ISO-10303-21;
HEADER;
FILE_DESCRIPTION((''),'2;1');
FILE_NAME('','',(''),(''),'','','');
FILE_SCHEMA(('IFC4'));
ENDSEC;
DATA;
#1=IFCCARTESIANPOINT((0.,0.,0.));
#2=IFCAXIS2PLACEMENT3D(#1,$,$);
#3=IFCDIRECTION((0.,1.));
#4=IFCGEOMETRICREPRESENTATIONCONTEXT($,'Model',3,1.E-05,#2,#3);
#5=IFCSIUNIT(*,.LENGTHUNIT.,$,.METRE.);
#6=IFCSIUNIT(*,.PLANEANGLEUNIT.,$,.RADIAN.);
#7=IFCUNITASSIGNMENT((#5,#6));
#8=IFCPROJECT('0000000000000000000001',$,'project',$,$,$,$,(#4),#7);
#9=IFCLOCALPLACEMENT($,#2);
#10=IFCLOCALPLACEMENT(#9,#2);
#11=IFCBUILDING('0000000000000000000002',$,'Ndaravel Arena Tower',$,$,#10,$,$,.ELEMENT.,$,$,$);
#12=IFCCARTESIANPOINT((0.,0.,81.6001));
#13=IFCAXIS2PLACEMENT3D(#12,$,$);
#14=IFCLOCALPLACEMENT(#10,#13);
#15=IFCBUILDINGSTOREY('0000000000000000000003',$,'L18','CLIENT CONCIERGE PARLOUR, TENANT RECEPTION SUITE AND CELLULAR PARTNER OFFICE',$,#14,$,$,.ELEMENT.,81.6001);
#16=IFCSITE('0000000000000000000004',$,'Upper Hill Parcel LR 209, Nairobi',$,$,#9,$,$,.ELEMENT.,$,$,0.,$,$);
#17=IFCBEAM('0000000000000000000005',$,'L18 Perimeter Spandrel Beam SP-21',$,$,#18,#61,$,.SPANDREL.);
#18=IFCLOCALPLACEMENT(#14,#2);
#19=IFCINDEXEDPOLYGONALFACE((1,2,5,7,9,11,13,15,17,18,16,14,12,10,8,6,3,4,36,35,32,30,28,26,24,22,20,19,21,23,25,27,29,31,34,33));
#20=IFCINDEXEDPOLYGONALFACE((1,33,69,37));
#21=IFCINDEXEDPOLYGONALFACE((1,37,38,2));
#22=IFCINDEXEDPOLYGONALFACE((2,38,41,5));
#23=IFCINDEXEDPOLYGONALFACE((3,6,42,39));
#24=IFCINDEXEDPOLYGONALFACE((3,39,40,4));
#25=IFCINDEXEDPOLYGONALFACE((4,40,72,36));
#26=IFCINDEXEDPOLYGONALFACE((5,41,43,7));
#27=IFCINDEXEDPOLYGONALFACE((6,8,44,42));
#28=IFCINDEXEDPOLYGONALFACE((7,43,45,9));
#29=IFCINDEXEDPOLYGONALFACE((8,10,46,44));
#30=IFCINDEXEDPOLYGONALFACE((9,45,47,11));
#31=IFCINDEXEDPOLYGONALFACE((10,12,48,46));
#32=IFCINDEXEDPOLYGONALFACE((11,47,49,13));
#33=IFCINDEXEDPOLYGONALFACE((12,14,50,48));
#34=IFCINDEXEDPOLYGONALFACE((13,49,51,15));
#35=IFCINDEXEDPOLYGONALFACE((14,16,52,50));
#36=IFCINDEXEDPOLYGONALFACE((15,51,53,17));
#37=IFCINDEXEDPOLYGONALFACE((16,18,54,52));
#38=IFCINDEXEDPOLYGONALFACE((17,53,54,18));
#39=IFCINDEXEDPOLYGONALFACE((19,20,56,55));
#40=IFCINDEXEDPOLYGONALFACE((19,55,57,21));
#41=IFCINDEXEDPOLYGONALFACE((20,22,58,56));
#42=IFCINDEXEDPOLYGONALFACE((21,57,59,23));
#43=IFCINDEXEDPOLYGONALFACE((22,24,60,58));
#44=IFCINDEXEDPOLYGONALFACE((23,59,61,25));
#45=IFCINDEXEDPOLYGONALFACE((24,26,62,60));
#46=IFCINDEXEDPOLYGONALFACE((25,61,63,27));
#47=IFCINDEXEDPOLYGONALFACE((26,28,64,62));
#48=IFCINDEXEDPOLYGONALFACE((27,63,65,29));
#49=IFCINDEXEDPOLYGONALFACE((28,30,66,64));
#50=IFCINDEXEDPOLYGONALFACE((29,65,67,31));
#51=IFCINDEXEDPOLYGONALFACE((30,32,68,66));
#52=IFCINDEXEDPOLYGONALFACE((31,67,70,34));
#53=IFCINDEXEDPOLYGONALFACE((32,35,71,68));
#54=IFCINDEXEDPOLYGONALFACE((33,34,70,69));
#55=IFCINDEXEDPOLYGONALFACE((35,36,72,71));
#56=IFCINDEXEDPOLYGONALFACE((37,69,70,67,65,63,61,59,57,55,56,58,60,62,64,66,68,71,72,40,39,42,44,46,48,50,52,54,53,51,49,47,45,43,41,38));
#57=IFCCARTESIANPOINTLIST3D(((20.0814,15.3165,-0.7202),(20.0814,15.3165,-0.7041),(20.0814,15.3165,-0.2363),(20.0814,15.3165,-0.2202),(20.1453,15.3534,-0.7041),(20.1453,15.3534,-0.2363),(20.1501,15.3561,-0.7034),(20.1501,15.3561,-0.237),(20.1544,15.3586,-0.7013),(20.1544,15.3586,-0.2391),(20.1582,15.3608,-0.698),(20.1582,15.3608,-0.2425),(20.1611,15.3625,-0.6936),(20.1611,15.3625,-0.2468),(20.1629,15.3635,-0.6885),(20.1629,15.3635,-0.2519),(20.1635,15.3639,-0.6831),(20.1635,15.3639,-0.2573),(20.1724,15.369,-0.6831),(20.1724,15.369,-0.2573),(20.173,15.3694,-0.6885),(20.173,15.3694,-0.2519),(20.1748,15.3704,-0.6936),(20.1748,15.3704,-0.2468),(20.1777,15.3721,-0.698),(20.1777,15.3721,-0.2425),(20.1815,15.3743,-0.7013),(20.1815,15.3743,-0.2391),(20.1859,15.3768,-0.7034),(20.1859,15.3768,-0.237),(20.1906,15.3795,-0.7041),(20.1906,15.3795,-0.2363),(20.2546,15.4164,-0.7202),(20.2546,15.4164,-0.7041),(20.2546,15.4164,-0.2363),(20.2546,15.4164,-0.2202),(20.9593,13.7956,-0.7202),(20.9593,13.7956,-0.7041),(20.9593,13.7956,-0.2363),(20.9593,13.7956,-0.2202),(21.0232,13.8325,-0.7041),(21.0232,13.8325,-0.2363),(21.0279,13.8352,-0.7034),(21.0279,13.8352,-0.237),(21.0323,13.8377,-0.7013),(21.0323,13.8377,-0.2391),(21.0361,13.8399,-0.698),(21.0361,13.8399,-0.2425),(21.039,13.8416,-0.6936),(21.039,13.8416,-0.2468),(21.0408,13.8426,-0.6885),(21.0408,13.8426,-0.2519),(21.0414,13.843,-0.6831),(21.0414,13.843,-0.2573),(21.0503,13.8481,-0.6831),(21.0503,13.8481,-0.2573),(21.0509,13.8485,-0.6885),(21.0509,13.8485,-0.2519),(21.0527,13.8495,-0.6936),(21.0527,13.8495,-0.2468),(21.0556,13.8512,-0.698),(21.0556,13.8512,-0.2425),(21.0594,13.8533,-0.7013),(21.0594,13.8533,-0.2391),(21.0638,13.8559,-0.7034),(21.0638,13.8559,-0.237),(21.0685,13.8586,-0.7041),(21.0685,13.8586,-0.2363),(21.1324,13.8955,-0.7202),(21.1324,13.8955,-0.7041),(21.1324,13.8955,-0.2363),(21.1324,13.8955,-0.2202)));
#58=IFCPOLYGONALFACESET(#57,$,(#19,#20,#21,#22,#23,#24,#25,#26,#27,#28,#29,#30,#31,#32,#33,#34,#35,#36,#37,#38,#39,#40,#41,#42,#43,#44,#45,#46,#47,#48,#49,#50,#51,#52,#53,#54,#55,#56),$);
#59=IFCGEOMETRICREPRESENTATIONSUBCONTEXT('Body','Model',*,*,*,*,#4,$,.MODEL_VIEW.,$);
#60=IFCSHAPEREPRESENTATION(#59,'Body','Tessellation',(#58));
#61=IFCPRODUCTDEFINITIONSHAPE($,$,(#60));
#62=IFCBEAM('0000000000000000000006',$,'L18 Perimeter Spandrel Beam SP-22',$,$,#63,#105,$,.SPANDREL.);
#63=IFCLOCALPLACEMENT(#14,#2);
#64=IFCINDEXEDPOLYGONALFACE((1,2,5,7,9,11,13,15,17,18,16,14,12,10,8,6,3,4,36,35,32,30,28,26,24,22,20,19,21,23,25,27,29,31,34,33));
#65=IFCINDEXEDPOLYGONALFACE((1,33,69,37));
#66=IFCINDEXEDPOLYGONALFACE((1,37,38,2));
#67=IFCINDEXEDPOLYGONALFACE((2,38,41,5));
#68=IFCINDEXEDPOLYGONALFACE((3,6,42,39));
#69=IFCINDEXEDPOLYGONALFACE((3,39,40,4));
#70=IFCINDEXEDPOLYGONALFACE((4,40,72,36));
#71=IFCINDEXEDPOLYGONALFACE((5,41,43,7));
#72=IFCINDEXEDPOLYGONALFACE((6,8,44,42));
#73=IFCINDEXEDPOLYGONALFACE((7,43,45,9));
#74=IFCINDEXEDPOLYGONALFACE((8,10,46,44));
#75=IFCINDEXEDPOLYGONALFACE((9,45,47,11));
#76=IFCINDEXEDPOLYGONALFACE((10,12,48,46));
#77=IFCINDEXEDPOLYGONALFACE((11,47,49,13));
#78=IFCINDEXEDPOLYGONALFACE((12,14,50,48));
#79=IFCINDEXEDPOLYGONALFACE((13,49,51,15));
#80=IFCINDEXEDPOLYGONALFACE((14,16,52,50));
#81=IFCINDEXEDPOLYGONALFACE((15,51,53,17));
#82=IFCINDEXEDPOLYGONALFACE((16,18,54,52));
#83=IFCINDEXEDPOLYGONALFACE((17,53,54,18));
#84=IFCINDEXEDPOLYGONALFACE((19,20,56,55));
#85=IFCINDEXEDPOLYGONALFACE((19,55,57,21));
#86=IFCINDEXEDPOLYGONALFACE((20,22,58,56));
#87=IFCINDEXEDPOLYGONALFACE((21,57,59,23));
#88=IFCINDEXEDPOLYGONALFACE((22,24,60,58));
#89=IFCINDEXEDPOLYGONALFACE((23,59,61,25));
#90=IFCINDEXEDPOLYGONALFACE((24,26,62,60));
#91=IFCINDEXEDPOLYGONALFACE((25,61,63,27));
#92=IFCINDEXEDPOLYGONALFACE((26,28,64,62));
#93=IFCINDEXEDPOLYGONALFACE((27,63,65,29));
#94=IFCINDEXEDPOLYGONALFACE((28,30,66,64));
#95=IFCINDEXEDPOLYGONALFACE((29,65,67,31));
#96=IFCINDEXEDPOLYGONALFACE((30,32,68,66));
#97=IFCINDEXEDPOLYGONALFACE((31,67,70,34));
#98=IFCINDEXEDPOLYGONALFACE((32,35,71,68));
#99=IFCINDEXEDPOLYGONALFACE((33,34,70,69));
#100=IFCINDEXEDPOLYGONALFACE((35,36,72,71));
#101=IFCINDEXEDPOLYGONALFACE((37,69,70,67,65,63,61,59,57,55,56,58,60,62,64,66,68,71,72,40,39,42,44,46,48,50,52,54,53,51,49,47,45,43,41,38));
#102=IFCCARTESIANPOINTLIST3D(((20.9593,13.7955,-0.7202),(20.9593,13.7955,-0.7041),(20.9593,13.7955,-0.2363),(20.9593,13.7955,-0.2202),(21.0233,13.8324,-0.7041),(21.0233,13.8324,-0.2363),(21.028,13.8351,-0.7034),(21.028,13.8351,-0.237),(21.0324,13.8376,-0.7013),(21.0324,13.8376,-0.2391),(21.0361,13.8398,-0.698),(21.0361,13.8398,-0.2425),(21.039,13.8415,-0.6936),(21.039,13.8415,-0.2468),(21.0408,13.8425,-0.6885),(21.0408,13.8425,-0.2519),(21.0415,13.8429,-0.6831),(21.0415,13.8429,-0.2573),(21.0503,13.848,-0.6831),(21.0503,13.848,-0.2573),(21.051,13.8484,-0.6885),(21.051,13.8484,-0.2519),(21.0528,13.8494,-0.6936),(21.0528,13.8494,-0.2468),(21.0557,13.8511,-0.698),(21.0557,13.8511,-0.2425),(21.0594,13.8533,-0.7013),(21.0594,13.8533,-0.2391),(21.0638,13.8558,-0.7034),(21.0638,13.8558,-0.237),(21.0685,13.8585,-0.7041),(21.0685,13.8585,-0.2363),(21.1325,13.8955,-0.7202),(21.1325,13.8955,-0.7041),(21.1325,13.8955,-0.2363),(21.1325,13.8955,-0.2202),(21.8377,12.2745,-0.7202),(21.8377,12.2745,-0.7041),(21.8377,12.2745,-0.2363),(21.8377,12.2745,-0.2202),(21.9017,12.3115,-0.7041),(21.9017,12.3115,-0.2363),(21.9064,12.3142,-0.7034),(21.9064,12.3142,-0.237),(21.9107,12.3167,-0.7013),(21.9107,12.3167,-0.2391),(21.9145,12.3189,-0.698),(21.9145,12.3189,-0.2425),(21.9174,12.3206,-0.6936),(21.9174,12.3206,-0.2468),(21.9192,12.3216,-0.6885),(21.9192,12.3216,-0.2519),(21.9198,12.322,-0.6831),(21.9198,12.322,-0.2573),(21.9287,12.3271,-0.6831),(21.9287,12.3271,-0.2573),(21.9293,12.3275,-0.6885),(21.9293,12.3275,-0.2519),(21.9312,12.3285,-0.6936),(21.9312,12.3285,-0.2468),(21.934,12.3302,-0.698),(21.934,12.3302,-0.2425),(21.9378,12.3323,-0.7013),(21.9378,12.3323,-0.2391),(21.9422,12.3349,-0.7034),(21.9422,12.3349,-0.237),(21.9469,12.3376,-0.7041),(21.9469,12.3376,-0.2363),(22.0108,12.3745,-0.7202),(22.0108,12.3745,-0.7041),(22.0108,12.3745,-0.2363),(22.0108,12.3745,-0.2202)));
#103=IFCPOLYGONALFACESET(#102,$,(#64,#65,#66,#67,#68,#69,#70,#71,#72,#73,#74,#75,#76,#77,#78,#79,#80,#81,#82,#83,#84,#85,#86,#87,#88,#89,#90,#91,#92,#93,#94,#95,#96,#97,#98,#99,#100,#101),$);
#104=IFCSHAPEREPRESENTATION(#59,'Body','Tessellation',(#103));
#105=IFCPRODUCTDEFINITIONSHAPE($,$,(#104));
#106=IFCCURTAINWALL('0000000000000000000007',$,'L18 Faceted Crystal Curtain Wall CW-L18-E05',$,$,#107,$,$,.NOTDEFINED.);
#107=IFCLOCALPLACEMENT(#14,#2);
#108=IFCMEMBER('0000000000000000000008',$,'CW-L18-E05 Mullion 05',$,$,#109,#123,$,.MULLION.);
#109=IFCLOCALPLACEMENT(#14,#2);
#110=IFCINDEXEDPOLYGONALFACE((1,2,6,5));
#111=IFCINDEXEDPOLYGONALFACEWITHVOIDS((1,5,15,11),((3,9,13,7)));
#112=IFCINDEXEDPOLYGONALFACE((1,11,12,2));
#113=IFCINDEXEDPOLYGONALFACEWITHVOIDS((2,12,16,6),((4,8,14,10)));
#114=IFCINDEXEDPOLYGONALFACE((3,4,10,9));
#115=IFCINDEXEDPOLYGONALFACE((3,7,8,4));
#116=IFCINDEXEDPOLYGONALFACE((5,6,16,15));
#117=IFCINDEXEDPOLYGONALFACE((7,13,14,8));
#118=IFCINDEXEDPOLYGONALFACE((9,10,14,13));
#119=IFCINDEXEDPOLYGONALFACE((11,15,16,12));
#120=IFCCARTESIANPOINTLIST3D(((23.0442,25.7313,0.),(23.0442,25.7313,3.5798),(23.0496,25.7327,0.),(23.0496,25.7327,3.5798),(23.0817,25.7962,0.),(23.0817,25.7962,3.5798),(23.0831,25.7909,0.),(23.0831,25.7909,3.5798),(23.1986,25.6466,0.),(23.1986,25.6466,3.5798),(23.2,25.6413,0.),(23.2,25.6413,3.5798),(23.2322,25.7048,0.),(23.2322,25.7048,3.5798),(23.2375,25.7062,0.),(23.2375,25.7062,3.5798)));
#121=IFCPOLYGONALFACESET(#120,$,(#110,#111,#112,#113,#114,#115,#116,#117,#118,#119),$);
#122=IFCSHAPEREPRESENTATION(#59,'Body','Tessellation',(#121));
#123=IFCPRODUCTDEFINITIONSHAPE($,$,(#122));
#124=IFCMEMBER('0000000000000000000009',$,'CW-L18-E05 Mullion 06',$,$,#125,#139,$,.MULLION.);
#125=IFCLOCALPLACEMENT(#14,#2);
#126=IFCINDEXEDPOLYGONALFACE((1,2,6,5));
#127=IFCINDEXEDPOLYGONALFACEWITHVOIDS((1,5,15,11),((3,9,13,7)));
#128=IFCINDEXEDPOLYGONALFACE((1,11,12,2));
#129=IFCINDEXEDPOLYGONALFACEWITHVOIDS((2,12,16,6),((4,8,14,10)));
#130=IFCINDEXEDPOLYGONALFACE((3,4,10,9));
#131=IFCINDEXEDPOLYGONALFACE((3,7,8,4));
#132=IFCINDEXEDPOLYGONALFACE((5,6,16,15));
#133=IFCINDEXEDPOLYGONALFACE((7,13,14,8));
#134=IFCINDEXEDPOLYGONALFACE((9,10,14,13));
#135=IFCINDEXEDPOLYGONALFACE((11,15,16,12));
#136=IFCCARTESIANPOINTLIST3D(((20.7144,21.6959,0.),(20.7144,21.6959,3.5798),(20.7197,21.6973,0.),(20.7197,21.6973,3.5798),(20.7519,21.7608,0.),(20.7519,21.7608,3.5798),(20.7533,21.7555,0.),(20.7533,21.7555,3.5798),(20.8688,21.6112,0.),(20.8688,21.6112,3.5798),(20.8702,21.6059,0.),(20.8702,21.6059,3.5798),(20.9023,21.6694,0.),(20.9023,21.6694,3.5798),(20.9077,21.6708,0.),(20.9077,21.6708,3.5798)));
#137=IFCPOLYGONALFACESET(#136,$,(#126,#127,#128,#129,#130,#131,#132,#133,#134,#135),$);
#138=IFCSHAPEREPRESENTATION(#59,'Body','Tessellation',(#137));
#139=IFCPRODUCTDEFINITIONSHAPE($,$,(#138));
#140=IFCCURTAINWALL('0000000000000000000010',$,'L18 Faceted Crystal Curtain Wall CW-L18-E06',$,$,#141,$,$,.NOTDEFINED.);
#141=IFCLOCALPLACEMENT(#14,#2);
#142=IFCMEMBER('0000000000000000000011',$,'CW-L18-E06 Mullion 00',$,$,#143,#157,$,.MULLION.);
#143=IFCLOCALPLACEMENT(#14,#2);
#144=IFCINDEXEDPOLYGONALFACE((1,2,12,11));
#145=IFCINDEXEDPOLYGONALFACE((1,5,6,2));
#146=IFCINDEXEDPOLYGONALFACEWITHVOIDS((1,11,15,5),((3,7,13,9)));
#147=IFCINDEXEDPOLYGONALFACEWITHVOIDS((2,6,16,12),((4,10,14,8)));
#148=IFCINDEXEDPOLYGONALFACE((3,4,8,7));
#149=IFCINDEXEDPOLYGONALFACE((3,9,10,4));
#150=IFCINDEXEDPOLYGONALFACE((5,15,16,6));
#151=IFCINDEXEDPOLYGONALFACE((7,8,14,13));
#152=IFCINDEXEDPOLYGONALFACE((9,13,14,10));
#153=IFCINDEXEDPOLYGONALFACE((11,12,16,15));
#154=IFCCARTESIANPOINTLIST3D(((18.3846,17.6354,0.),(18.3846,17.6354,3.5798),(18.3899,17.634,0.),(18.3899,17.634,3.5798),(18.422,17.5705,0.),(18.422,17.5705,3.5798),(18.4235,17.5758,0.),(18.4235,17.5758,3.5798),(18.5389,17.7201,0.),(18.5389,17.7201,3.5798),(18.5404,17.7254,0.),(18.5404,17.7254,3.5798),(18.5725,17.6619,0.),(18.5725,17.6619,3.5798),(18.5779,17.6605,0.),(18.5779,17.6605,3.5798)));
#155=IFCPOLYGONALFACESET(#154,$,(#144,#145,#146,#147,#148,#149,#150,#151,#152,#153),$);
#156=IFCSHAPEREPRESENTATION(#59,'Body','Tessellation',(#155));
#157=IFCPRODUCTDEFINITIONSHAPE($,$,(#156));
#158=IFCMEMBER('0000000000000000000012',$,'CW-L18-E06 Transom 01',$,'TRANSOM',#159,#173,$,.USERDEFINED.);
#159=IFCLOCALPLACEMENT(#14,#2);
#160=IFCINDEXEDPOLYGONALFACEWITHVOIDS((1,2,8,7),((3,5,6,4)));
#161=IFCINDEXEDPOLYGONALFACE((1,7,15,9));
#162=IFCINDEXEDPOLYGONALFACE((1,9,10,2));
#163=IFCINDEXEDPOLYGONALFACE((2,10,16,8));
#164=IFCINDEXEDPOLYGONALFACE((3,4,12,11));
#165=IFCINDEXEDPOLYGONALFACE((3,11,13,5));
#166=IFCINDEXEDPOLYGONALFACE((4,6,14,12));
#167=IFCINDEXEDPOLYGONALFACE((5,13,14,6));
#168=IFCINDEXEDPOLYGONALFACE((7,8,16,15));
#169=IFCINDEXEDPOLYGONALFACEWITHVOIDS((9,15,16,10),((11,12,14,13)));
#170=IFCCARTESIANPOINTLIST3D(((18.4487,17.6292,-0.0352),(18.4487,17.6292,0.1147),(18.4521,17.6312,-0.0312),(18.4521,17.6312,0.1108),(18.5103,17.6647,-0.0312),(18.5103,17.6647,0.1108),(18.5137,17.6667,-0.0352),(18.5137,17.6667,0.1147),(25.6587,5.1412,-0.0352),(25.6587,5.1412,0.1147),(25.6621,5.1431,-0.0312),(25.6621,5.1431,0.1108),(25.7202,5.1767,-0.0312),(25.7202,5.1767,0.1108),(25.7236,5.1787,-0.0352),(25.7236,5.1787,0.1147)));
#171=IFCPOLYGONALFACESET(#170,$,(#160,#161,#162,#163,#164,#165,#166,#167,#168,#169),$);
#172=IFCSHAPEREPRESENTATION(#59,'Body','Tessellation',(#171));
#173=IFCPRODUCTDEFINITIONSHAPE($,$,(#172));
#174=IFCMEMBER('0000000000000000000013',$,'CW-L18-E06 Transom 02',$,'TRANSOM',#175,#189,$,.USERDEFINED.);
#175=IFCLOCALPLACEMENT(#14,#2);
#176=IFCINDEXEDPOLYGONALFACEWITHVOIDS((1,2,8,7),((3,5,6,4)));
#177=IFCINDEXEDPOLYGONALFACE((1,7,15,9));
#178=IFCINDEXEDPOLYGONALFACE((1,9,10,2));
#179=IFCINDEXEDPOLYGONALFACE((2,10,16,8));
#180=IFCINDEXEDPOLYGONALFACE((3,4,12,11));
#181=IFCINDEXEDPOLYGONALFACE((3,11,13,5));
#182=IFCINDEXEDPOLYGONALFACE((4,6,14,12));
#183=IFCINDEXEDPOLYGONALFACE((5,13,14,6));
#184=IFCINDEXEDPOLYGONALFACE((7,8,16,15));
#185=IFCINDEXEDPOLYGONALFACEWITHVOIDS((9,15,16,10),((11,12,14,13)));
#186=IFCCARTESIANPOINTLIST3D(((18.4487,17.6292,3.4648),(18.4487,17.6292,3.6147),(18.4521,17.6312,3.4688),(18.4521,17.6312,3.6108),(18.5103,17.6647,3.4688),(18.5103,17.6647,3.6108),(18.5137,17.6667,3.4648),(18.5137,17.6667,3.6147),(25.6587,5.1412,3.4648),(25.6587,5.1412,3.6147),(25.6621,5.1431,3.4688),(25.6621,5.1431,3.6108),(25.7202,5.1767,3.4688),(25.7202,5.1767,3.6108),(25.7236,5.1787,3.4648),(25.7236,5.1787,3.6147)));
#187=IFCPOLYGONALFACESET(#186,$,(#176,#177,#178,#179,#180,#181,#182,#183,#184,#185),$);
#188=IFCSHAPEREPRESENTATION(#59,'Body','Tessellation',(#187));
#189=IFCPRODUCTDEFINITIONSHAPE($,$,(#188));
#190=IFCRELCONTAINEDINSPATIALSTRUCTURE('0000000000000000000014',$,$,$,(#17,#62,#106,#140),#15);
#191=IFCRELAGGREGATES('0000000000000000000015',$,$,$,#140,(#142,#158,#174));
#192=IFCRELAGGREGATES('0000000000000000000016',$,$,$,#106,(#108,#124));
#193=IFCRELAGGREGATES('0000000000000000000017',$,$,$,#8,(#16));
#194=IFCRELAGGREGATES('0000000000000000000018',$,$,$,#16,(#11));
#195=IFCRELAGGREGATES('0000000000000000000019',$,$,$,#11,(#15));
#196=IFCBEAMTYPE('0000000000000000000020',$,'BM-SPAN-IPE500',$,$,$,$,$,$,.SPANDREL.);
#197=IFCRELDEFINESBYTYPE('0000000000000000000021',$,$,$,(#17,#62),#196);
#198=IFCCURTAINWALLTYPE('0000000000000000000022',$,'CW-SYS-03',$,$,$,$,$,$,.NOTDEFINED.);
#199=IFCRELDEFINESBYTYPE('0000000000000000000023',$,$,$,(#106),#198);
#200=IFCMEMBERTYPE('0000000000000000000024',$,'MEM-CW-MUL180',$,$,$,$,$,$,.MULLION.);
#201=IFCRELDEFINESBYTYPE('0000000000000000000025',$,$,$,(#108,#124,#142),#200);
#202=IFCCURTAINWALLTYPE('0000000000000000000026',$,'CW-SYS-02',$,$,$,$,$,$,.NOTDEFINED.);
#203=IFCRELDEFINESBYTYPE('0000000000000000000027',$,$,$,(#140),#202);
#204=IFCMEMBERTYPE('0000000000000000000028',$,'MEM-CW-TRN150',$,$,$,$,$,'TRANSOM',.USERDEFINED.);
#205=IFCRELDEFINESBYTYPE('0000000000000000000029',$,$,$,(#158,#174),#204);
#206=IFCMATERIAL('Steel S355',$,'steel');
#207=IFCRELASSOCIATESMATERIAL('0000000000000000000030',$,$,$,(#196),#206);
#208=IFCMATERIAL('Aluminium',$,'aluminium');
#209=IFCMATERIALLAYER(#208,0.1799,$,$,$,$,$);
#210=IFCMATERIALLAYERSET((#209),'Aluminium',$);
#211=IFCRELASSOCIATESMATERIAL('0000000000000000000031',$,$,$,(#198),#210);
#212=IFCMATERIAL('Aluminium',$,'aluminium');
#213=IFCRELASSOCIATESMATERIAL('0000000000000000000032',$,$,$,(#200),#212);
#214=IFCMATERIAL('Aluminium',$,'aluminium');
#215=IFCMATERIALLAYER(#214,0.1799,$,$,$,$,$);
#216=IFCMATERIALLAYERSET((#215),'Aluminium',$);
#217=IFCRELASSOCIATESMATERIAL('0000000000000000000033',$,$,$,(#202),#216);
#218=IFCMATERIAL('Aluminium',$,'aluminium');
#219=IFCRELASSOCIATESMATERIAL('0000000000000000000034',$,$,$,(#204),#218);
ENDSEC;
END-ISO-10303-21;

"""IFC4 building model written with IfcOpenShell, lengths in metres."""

from ifc_helpers import new_model, si_unit, direction, frame, origin, origin_2d, place, context, subcontext, project, spatial, hollow_rectangle, i_section, extrude, material, layer, layer_set, material_profile, profile_set, type_object, element, aggregate, save


model = new_model("IFC4")

# Units and contexts
model_context = context("Model", 3, precision=1e-05, world=origin(), true_north=direction((0.0, 1.0)))
body_context = subcontext(model_context, "Body", "Model", "MODEL_VIEW")
ifc_project = project(units=[si_unit("LENGTHUNIT", "METRE"), si_unit("PLANEANGLEUNIT", "RADIAN")], contexts=[model_context])

# Site, building, storey
site_placement = place(None, origin())
site = spatial("IfcSite", under=ifc_project, at=site_placement, Name="Upper Hill Parcel LR 209, Nairobi", CompositionType="ELEMENT", RefElevation=0.0)
building_placement = place(site_placement, origin())
building = spatial("IfcBuilding", under=site, at=building_placement, Name="Ndaravel Arena Tower", CompositionType="ELEMENT")
storey_placement = place(building_placement, frame((0.0, 0.0, 81.6001)))
storey = spatial("IfcBuildingStorey", under=building, at=storey_placement, Name="L18", Description="CLIENT CONCIERGE PARLOUR, TENANT RECEPTION SUITE AND CELLULAR PARTNER OFFICE", CompositionType="ELEMENT", Elevation=81.6001)

# Beams
ifc_material_1 = material(Name="Steel S355", Category="steel")
ifc_material_profile_1 = material_profile(ifc_material_1, i_section(OverallWidth=0.2, OverallDepth=0.5, WebThickness=0.0103, FlangeThickness=0.0161, FilletRadius=0.021, at=origin_2d()), Name="IPE 500")
ifc_profile_set_1 = profile_set([ifc_material_profile_1], Name="Steel S355")
beam_type_1 = type_object("IfcBeamType", Name="BM-SPAN-IPE500", PredefinedType="SPANDREL", material=ifc_profile_set_1)
beam_1_placement = place(storey_placement, frame((20.168, 15.3665, -0.4702), z_axis=(0.499907, -0.866079, 0.0), x_axis=(0.866079, 0.499907, 0.0)))
element("IfcBeam", 1, at=beam_1_placement, inside=storey, type_object=beam_type_1, Name="L18 Perimeter Spandrel Beam SP-21", PredefinedType="SPANDREL", context=body_context, shape_type="SweptSolid", body=[
    extrude(i_section(OverallWidth=0.2, OverallDepth=0.5, WebThickness=0.0103, FlangeThickness=0.0161, FilletRadius=0.021, at=origin_2d()), origin(), (0.0, 0.0, 1.0), 1.7561),
])
beam_2_placement = place(storey_placement, frame((21.0459, 13.8455, -0.4702), z_axis=(0.500115, -0.865959, 0.0), x_axis=(0.865959, 0.500115, 0.0)))
element("IfcBeam", 2, at=beam_2_placement, inside=storey, type_object=beam_type_1, Name="L18 Perimeter Spandrel Beam SP-22", PredefinedType="SPANDREL", context=body_context, shape_type="SweptSolid", body=[
    extrude(i_section(OverallWidth=0.2, OverallDepth=0.5, WebThickness=0.0103, FlangeThickness=0.0161, FilletRadius=0.021, at=origin_2d()), origin(), (0.0, 0.0, 1.0), 1.7563),
])

# Curtain wall, members
ifc_material_2 = material(Name="Aluminium", Category="aluminium")
ifc_layer_1 = layer(ifc_material_2, 0.1799)
ifc_layer_set_1 = layer_set([ifc_layer_1], Name="Aluminium")
curtain_wall_type_1 = type_object("IfcCurtainWallType", Name="CW-SYS-03", PredefinedType="NOTDEFINED", material=ifc_layer_set_1)
curtain_wall_1_placement = place(storey_placement, origin())
curtain_wall_1 = element("IfcCurtainWall", 3, at=curtain_wall_1_placement, inside=storey, type_object=curtain_wall_type_1, Name="L18 Faceted Crystal Curtain Wall CW-L18-E05", PredefinedType="NOTDEFINED")
ifc_material_3 = material(Name="Aluminium", Category="aluminium")
ifc_material_profile_2 = material_profile(ifc_material_3, hollow_rectangle(XDim=0.075, YDim=0.1799, WallThickness=0.0039, at=origin_2d()), Name="CW MULLION 75x180x4")
ifc_profile_set_2 = profile_set([ifc_material_profile_2], Name="Aluminium")
member_type_1 = type_object("IfcMemberType", Name="MEM-CW-MUL180", PredefinedType="MULLION", material=ifc_profile_set_2)
member_1_placement = place(storey_placement, frame((23.1409, 25.7188, 0.0), z_axis=(0.0, 0.0, 1.0), x_axis=(-0.5, -0.866025, 0.0)))
member_1 = element("IfcMember", 4, at=member_1_placement, type_object=member_type_1, Name="CW-L18-E05 Mullion 05", PredefinedType="MULLION", context=body_context, shape_type="SweptSolid", body=[
    extrude(hollow_rectangle(XDim=0.075, YDim=0.1799, WallThickness=0.0039, at=origin_2d()), origin(), (0.0, 0.0, 1.0), 3.5798),
])
member_2_placement = place(storey_placement, frame((20.811, 21.6833, 0.0), z_axis=(0.0, 0.0, 1.0), x_axis=(-0.5, -0.866025, 0.0)))
member_2 = element("IfcMember", 5, at=member_2_placement, type_object=member_type_1, Name="CW-L18-E05 Mullion 06", PredefinedType="MULLION", context=body_context, shape_type="SweptSolid", body=[
    extrude(hollow_rectangle(XDim=0.075, YDim=0.1799, WallThickness=0.0039, at=origin_2d()), origin(), (0.0, 0.0, 1.0), 3.5798),
])

# Curtain wall, members
ifc_material_4 = material(Name="Aluminium", Category="aluminium")
ifc_layer_2 = layer(ifc_material_4, 0.1799)
ifc_layer_set_2 = layer_set([ifc_layer_2], Name="Aluminium")
curtain_wall_type_2 = type_object("IfcCurtainWallType", Name="CW-SYS-02", PredefinedType="NOTDEFINED", material=ifc_layer_set_2)
curtain_wall_2_placement = place(storey_placement, origin())
curtain_wall_2 = element("IfcCurtainWall", 6, at=curtain_wall_2_placement, inside=storey, type_object=curtain_wall_type_2, Name="L18 Faceted Crystal Curtain Wall CW-L18-E06", PredefinedType="NOTDEFINED")
member_3_placement = place(storey_placement, frame((18.4812, 17.6479, 0.0), z_axis=(0.0, 0.0, 1.0), x_axis=(0.5, -0.866025, 0.0)))
member_3 = element("IfcMember", 7, at=member_3_placement, type_object=member_type_1, Name="CW-L18-E06 Mullion 00", PredefinedType="MULLION", context=body_context, shape_type="SweptSolid", body=[
    extrude(hollow_rectangle(XDim=0.075, YDim=0.1799, WallThickness=0.0039, at=origin_2d()), origin(), (0.0, 0.0, 1.0), 3.5798),
])
ifc_material_5 = material(Name="Aluminium", Category="aluminium")
ifc_material_profile_3 = material_profile(ifc_material_5, hollow_rectangle(XDim=0.075, YDim=0.1499, WallThickness=0.0039, at=origin_2d()), Name="CW TRANSOM 75x150x4")
ifc_profile_set_3 = profile_set([ifc_material_profile_3], Name="Aluminium")
member_type_2 = type_object("IfcMemberType", Name="MEM-CW-TRN150", ElementType="TRANSOM", PredefinedType="USERDEFINED", material=ifc_profile_set_3)
member_4_placement = place(storey_placement, frame((18.4812, 17.6479, 0.0398), z_axis=(0.499999, -0.866026, 0.0), x_axis=(0.866026, 0.499999, 0.0)))
member_4 = element("IfcMember", 8, at=member_4_placement, type_object=member_type_2, Name="CW-L18-E06 Transom 01", ObjectType="TRANSOM", PredefinedType="USERDEFINED", context=body_context, shape_type="SweptSolid", body=[
    extrude(hollow_rectangle(XDim=0.075, YDim=0.1499, WallThickness=0.0039, at=origin_2d()), origin(), (0.0, 0.0, 1.0), 14.4199),
])
member_5_placement = place(storey_placement, frame((18.4812, 17.6479, 3.5398), z_axis=(0.499999, -0.866026, 0.0), x_axis=(0.866026, 0.499999, 0.0)))
member_5 = element("IfcMember", 9, at=member_5_placement, type_object=member_type_2, Name="CW-L18-E06 Transom 02", ObjectType="TRANSOM", PredefinedType="USERDEFINED", context=body_context, shape_type="SweptSolid", body=[
    extrude(hollow_rectangle(XDim=0.075, YDim=0.1499, WallThickness=0.0039, at=origin_2d()), origin(), (0.0, 0.0, 1.0), 14.4199),
])
aggregate(curtain_wall_2, [member_3, member_4, member_5])

aggregate(curtain_wall_1, [member_1, member_2])

save(model, "model.ifc")
